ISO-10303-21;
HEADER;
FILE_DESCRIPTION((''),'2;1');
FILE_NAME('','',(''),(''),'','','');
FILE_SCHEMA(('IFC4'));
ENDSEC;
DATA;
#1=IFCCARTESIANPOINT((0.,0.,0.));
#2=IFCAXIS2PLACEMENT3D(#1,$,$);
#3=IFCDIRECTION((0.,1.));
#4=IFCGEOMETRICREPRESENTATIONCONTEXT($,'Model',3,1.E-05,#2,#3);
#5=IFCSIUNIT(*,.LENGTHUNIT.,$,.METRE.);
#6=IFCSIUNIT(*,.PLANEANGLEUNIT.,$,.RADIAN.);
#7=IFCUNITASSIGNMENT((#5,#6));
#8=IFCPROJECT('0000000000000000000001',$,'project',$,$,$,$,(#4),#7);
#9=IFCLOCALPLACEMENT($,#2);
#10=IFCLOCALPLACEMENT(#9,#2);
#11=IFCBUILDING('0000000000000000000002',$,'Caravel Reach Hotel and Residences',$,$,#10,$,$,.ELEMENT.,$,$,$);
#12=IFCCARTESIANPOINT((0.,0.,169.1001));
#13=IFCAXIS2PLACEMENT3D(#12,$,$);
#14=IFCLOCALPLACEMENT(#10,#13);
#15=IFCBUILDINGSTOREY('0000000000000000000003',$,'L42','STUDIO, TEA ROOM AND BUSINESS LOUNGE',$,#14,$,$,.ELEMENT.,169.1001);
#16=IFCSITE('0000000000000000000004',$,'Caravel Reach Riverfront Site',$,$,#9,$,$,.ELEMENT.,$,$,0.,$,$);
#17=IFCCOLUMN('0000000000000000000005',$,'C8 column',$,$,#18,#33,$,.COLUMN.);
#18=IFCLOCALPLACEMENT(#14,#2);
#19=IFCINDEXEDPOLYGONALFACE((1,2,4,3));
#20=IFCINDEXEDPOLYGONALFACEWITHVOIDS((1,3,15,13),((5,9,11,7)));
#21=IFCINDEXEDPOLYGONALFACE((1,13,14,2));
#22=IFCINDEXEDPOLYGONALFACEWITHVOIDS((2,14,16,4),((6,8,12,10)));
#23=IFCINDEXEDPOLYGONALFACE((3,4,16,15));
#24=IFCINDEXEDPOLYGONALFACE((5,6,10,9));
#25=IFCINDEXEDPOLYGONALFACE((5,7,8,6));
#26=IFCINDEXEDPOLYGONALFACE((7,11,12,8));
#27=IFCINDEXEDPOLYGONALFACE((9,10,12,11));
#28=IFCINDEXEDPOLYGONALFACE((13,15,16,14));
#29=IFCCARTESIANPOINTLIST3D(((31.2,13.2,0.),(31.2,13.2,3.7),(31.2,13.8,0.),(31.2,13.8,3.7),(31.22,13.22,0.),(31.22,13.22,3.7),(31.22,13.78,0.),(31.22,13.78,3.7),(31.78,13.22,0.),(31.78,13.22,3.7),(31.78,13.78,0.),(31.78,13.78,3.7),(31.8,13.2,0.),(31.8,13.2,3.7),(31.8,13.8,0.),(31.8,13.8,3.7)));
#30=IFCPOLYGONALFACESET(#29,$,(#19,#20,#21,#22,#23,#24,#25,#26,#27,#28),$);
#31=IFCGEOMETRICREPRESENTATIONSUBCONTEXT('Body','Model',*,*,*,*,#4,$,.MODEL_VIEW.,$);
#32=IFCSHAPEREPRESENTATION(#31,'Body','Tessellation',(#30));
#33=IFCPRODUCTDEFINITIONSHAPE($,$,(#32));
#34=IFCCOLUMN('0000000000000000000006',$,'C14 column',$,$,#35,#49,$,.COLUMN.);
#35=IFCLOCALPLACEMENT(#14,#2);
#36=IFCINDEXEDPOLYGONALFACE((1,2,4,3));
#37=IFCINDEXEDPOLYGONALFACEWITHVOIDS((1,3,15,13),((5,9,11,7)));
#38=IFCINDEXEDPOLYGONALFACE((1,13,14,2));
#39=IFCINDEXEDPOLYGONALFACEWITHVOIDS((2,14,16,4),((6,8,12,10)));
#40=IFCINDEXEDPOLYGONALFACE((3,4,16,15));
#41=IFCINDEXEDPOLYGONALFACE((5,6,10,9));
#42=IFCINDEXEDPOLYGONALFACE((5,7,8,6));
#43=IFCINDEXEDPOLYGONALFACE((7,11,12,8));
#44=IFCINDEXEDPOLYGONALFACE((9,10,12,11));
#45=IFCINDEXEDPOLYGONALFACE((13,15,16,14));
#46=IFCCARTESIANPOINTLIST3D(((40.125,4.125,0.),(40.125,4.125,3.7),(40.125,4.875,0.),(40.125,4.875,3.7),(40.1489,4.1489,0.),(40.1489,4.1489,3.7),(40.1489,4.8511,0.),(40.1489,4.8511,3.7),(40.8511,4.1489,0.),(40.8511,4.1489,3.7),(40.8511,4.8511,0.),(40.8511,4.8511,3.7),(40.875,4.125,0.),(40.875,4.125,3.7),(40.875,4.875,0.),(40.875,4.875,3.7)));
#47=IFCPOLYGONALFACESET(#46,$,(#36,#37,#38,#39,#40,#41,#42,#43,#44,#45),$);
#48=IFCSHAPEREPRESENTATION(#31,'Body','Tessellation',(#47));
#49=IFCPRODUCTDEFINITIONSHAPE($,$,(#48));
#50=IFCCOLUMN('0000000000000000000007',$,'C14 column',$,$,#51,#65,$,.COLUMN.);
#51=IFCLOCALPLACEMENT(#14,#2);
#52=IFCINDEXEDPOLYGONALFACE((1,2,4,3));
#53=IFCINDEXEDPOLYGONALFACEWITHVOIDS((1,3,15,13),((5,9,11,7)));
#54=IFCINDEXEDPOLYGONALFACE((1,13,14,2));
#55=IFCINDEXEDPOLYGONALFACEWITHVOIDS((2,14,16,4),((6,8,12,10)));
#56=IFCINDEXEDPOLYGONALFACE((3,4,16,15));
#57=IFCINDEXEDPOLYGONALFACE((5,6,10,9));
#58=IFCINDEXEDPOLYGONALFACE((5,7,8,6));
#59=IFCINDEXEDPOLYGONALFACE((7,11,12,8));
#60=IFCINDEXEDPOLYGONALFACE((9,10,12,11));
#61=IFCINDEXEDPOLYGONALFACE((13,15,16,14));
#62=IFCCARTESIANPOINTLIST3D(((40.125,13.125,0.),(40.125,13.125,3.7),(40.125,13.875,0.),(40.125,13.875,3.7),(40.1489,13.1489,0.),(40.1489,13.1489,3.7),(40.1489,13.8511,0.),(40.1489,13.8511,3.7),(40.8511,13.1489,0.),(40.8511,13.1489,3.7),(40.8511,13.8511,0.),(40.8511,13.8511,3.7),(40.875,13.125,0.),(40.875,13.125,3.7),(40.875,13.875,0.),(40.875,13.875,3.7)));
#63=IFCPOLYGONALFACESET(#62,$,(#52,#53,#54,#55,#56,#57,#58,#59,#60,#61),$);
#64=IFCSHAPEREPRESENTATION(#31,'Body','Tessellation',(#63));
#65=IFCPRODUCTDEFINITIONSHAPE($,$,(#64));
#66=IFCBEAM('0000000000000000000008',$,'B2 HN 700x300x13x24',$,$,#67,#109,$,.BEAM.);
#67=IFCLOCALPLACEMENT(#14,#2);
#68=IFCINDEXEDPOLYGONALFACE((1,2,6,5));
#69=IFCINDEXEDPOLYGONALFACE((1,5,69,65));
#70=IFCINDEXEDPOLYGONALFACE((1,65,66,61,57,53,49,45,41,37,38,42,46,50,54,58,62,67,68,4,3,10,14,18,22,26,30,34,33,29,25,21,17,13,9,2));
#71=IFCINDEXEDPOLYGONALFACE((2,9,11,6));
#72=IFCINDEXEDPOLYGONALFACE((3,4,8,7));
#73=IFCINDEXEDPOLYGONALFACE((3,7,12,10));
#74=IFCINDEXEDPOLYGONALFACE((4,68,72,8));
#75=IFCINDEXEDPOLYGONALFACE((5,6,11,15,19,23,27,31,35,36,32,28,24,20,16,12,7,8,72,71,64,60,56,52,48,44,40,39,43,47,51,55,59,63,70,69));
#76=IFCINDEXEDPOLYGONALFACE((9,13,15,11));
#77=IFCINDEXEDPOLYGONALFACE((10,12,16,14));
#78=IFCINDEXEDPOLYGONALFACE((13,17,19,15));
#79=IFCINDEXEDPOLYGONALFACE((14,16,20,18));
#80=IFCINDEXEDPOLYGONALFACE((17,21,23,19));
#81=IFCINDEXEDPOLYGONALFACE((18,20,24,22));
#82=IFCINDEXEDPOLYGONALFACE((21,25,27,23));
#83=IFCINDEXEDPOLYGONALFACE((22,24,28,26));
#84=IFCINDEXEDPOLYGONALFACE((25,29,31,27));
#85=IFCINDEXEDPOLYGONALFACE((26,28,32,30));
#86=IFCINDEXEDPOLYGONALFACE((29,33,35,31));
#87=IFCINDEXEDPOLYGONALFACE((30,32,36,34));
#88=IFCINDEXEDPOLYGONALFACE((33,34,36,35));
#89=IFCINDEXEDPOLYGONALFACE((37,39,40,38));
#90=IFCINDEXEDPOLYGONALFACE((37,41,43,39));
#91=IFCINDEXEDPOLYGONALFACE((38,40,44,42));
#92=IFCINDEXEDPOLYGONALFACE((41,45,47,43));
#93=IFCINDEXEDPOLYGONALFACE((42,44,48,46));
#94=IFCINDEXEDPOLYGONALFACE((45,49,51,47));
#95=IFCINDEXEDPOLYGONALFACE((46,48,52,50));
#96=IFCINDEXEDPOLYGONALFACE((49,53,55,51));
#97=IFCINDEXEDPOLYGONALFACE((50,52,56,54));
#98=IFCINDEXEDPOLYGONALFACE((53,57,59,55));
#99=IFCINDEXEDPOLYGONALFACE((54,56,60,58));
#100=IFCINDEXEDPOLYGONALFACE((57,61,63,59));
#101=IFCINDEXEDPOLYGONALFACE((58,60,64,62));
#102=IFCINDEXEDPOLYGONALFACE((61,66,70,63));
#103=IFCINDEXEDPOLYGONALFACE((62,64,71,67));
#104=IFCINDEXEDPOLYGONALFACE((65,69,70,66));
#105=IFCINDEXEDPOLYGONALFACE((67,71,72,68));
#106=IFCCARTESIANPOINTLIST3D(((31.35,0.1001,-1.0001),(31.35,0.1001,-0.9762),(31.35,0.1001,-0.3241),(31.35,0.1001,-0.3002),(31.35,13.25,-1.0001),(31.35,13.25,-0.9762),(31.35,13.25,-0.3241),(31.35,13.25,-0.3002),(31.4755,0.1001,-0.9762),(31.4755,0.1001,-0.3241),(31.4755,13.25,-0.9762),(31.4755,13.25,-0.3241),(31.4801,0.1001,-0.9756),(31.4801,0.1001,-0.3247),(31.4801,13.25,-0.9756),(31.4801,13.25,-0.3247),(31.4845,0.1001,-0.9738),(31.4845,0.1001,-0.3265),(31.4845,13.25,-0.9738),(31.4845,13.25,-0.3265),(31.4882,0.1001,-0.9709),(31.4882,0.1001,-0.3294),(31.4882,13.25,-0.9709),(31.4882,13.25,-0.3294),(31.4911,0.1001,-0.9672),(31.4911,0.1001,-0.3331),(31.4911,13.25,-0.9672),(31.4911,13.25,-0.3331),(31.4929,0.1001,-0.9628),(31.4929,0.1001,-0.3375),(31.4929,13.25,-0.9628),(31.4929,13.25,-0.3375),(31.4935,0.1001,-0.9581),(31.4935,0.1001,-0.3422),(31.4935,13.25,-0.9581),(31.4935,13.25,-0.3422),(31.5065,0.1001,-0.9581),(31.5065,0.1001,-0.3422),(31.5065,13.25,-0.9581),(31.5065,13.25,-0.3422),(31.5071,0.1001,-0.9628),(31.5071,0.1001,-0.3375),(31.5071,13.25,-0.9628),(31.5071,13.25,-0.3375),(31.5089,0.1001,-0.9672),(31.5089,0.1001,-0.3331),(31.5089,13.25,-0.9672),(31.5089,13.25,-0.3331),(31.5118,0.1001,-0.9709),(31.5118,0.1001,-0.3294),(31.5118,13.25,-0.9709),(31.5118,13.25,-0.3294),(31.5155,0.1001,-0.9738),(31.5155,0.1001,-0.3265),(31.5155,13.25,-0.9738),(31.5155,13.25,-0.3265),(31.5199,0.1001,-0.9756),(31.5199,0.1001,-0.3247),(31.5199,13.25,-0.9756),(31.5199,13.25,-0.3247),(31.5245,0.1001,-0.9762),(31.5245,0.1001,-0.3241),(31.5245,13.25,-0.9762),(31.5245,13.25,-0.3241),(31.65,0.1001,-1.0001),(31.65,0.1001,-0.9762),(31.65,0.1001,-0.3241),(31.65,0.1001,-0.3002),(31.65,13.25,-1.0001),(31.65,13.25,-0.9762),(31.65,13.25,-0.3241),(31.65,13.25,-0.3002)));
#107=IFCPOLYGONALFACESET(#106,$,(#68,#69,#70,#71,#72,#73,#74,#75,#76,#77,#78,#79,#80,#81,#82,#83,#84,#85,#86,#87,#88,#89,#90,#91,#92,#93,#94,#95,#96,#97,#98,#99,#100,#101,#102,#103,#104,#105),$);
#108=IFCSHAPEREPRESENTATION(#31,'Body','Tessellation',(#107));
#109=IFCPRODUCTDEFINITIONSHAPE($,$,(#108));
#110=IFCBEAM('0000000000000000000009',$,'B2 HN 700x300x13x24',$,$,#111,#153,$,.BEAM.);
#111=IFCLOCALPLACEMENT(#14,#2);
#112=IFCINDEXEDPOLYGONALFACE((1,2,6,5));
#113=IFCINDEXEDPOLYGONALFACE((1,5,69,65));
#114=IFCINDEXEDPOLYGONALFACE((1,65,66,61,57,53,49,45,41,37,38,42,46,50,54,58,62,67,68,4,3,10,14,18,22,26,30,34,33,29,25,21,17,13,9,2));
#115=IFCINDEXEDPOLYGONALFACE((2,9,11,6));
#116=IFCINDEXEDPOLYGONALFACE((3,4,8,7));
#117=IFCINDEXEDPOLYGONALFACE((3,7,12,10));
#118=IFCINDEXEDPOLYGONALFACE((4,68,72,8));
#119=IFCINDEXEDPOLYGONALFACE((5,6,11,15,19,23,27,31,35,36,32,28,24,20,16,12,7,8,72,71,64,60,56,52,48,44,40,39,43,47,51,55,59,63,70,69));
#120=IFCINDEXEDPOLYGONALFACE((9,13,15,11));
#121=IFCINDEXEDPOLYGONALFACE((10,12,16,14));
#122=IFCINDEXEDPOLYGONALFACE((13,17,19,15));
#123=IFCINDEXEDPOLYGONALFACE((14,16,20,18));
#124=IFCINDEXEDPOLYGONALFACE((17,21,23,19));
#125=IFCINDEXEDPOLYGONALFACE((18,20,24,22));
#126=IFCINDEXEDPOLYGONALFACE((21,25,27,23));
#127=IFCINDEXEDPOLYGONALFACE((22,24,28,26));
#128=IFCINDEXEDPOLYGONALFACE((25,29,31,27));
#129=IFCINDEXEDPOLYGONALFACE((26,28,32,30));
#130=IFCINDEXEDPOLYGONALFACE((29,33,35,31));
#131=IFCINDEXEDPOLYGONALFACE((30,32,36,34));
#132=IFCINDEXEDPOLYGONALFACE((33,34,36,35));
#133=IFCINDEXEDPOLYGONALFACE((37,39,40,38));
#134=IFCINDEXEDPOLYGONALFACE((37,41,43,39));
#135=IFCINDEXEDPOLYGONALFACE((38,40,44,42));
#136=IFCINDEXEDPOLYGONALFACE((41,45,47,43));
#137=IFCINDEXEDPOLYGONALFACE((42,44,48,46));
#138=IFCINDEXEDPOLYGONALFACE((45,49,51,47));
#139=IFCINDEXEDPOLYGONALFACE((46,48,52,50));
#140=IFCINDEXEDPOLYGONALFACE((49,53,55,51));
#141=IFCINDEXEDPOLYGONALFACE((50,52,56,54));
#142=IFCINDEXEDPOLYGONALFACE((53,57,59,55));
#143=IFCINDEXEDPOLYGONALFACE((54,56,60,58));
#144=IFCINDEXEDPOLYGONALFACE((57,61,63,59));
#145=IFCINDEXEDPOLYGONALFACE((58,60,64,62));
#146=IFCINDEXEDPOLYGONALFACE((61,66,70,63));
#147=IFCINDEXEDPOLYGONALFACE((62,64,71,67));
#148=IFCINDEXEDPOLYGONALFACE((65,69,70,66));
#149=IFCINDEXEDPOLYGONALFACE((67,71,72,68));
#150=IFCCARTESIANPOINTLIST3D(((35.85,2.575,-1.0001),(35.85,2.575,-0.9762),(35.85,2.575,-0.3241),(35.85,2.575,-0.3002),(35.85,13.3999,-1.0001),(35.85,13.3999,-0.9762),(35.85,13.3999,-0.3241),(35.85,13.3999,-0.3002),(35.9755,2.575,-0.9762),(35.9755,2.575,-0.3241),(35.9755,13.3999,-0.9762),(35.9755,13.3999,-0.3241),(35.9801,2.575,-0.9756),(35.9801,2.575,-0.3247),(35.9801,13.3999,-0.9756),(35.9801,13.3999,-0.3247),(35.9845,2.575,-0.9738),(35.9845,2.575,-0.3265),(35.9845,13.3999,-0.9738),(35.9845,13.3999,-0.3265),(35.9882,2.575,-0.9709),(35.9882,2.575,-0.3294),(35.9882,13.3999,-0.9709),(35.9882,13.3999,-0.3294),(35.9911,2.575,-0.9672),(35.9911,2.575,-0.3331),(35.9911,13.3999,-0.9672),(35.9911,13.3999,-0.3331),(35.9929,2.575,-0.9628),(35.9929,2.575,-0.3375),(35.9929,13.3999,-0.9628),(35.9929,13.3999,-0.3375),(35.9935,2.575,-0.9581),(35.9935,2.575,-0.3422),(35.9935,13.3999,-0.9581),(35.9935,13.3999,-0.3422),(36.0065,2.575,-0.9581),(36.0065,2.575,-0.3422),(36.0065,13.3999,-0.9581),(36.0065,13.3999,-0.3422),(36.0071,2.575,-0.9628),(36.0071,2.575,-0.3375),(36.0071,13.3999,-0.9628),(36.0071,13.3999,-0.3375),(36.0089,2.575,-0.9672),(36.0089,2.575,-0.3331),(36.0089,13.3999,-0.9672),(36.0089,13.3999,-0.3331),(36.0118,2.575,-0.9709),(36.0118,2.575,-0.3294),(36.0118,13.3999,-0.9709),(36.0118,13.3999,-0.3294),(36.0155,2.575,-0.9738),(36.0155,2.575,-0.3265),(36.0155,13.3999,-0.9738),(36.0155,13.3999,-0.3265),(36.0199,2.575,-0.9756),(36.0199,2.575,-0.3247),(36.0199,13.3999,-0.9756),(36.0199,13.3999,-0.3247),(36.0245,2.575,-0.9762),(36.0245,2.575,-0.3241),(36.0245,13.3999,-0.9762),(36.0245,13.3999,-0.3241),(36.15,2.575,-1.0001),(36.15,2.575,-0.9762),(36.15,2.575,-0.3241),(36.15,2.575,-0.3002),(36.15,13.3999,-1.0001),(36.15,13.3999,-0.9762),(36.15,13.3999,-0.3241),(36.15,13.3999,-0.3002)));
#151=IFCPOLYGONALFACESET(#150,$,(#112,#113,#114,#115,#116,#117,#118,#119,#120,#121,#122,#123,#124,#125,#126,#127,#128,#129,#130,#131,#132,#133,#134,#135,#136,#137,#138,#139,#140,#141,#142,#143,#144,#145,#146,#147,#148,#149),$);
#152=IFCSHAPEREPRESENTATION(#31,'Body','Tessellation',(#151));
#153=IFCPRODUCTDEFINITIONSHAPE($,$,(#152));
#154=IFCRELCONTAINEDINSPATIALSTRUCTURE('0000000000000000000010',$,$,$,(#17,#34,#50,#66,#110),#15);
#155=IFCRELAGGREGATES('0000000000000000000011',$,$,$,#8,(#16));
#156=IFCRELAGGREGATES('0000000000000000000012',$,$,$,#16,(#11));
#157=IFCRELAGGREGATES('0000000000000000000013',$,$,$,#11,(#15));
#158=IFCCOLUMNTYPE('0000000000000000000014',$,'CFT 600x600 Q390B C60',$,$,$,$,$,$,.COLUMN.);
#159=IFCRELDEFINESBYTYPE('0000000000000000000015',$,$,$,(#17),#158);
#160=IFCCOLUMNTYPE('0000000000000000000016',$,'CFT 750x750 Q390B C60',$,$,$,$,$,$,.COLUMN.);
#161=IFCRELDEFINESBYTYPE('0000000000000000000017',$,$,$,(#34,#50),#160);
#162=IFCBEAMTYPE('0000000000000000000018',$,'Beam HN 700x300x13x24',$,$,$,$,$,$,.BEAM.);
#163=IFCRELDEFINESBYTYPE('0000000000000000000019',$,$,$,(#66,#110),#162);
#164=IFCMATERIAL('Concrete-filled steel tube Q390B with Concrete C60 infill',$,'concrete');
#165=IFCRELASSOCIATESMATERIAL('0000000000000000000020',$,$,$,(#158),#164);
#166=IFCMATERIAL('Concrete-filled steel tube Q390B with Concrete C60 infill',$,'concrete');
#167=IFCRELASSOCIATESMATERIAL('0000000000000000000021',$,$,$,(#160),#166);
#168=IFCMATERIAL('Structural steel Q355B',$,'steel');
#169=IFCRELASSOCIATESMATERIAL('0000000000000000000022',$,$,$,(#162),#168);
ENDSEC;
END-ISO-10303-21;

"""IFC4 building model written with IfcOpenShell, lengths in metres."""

from ifc_helpers import new_model, si_unit, direction, frame, origin, origin_2d, place, context, subcontext, project, spatial, hollow_rectangle, i_section, extrude, material, material_profile, profile_set, type_object, element, save


model = new_model("IFC4")

# Units and contexts
model_context = context("Model", 3, precision=1e-05, world=origin(), true_north=direction((0.0, 1.0)))
body_context = subcontext(model_context, "Body", "Model", "MODEL_VIEW")
ifc_project = project(units=[si_unit("LENGTHUNIT", "METRE"), si_unit("PLANEANGLEUNIT", "RADIAN")], contexts=[model_context])

# Site, building, storey
site_placement = place(None, origin())
site = spatial("IfcSite", under=ifc_project, at=site_placement, Name="Caravel Reach Riverfront Site", CompositionType="ELEMENT", RefElevation=0.0)
building_placement = place(site_placement, origin())
building = spatial("IfcBuilding", under=site, at=building_placement, Name="Caravel Reach Hotel and Residences", CompositionType="ELEMENT")
storey_placement = place(building_placement, frame((0.0, 0.0, 169.1001)))
storey = spatial("IfcBuildingStorey", under=building, at=storey_placement, Name="L42", Description="STUDIO, TEA ROOM AND BUSINESS LOUNGE", CompositionType="ELEMENT", Elevation=169.1001)

# Columns
ifc_material_1 = material(Name="Concrete-filled steel tube Q390B with Concrete C60 infill", Category="concrete")
ifc_material_profile_1 = material_profile(ifc_material_1, hollow_rectangle(XDim=0.6001, YDim=0.6001, WallThickness=0.02, at=origin_2d()), Name="RHS 600x600x20")
ifc_profile_set_1 = profile_set([ifc_material_profile_1], Name="Concrete-filled steel tube Q390B with Concrete C60 infill")
column_type_1 = type_object("IfcColumnType", Name="CFT 600x600 Q390B C60", PredefinedType="COLUMN", material=ifc_profile_set_1)
column_placement = place(storey_placement, frame((31.5, 13.5, 0.0), z_axis=(0.0, 0.0, 1.0), x_axis=(1.0, 0.0, 0.0)))
element("IfcColumn", 1, at=column_placement, inside=storey, type_object=column_type_1, Name="C8 column", PredefinedType="COLUMN", context=body_context, shape_type="SweptSolid", body=[
    extrude(hollow_rectangle(XDim=0.6001, YDim=0.6001, WallThickness=0.02, at=origin_2d()), origin(), (0.0, 0.0, 1.0), 3.7),
])
ifc_material_2 = material(Name="Concrete-filled steel tube Q390B with Concrete C60 infill", Category="concrete")
ifc_material_profile_2 = material_profile(ifc_material_2, hollow_rectangle(XDim=0.75, YDim=0.75, WallThickness=0.0239, at=origin_2d()), Name="RHS 750x750x24")
ifc_profile_set_2 = profile_set([ifc_material_profile_2], Name="Concrete-filled steel tube Q390B with Concrete C60 infill")
column_type_2 = type_object("IfcColumnType", Name="CFT 750x750 Q390B C60", PredefinedType="COLUMN", material=ifc_profile_set_2)
for number, where, z_axis, x_axis, name in (
    (2, (40.5, 4.5, 0.0), (0.0, 0.0, 1.0), (1.0, 0.0, 0.0), "C14 column"),
    (3, (40.5, 13.5, 0.0), (0.0, 0.0, 1.0), (1.0, 0.0, 0.0), "C14 column"),
):
    element("IfcColumn", number, at=place(storey_placement, frame(where, z_axis=z_axis, x_axis=x_axis)), inside=storey, type_object=column_type_2, Name=name, PredefinedType="COLUMN", context=body_context, shape_type="SweptSolid", body=[
        extrude(hollow_rectangle(XDim=0.75, YDim=0.75, WallThickness=0.0239, at=origin_2d()), origin(), (0.0, 0.0, 1.0), 3.7),
    ])

# Beams
ifc_material_3 = material(Name="Structural steel Q355B", Category="steel")
ifc_material_profile_3 = material_profile(ifc_material_3, i_section(OverallWidth=0.3, OverallDepth=0.7, WebThickness=0.0129, FlangeThickness=0.0239, FilletRadius=0.0181, at=origin_2d()), Name="HN 700x300x13x24")
ifc_profile_set_3 = profile_set([ifc_material_profile_3], Name="Structural steel Q355B")
beam_type_1 = type_object("IfcBeamType", Name="Beam HN 700x300x13x24", PredefinedType="BEAM", material=ifc_profile_set_3)
beam_1_placement = place(storey_placement, frame((31.5, 13.25, -0.6501), z_axis=(0.0, -1.0, 0.0), x_axis=(1.0, 0.0, 0.0)))
element("IfcBeam", 4, at=beam_1_placement, inside=storey, type_object=beam_type_1, Name="B2 HN 700x300x13x24", PredefinedType="BEAM", context=body_context, shape_type="SweptSolid", body=[
    extrude(i_section(OverallWidth=0.3, OverallDepth=0.7, WebThickness=0.0129, FlangeThickness=0.0239, FilletRadius=0.0181, at=origin_2d()), origin(), (0.0, 0.0, 1.0), 13.1499),
])
beam_2_placement = place(storey_placement, frame((36.0, 13.3999, -0.6501), z_axis=(0.0, -1.0, 0.0), x_axis=(1.0, 0.0, 0.0)))
element("IfcBeam", 5, at=beam_2_placement, inside=storey, type_object=beam_type_1, Name="B2 HN 700x300x13x24", PredefinedType="BEAM", context=body_context, shape_type="SweptSolid", body=[
    extrude(i_section(OverallWidth=0.3, OverallDepth=0.7, WebThickness=0.0129, FlangeThickness=0.0239, FilletRadius=0.0181, at=origin_2d()), origin(), (0.0, 0.0, 1.0), 10.825),
])

save(model, "model.ifc")
